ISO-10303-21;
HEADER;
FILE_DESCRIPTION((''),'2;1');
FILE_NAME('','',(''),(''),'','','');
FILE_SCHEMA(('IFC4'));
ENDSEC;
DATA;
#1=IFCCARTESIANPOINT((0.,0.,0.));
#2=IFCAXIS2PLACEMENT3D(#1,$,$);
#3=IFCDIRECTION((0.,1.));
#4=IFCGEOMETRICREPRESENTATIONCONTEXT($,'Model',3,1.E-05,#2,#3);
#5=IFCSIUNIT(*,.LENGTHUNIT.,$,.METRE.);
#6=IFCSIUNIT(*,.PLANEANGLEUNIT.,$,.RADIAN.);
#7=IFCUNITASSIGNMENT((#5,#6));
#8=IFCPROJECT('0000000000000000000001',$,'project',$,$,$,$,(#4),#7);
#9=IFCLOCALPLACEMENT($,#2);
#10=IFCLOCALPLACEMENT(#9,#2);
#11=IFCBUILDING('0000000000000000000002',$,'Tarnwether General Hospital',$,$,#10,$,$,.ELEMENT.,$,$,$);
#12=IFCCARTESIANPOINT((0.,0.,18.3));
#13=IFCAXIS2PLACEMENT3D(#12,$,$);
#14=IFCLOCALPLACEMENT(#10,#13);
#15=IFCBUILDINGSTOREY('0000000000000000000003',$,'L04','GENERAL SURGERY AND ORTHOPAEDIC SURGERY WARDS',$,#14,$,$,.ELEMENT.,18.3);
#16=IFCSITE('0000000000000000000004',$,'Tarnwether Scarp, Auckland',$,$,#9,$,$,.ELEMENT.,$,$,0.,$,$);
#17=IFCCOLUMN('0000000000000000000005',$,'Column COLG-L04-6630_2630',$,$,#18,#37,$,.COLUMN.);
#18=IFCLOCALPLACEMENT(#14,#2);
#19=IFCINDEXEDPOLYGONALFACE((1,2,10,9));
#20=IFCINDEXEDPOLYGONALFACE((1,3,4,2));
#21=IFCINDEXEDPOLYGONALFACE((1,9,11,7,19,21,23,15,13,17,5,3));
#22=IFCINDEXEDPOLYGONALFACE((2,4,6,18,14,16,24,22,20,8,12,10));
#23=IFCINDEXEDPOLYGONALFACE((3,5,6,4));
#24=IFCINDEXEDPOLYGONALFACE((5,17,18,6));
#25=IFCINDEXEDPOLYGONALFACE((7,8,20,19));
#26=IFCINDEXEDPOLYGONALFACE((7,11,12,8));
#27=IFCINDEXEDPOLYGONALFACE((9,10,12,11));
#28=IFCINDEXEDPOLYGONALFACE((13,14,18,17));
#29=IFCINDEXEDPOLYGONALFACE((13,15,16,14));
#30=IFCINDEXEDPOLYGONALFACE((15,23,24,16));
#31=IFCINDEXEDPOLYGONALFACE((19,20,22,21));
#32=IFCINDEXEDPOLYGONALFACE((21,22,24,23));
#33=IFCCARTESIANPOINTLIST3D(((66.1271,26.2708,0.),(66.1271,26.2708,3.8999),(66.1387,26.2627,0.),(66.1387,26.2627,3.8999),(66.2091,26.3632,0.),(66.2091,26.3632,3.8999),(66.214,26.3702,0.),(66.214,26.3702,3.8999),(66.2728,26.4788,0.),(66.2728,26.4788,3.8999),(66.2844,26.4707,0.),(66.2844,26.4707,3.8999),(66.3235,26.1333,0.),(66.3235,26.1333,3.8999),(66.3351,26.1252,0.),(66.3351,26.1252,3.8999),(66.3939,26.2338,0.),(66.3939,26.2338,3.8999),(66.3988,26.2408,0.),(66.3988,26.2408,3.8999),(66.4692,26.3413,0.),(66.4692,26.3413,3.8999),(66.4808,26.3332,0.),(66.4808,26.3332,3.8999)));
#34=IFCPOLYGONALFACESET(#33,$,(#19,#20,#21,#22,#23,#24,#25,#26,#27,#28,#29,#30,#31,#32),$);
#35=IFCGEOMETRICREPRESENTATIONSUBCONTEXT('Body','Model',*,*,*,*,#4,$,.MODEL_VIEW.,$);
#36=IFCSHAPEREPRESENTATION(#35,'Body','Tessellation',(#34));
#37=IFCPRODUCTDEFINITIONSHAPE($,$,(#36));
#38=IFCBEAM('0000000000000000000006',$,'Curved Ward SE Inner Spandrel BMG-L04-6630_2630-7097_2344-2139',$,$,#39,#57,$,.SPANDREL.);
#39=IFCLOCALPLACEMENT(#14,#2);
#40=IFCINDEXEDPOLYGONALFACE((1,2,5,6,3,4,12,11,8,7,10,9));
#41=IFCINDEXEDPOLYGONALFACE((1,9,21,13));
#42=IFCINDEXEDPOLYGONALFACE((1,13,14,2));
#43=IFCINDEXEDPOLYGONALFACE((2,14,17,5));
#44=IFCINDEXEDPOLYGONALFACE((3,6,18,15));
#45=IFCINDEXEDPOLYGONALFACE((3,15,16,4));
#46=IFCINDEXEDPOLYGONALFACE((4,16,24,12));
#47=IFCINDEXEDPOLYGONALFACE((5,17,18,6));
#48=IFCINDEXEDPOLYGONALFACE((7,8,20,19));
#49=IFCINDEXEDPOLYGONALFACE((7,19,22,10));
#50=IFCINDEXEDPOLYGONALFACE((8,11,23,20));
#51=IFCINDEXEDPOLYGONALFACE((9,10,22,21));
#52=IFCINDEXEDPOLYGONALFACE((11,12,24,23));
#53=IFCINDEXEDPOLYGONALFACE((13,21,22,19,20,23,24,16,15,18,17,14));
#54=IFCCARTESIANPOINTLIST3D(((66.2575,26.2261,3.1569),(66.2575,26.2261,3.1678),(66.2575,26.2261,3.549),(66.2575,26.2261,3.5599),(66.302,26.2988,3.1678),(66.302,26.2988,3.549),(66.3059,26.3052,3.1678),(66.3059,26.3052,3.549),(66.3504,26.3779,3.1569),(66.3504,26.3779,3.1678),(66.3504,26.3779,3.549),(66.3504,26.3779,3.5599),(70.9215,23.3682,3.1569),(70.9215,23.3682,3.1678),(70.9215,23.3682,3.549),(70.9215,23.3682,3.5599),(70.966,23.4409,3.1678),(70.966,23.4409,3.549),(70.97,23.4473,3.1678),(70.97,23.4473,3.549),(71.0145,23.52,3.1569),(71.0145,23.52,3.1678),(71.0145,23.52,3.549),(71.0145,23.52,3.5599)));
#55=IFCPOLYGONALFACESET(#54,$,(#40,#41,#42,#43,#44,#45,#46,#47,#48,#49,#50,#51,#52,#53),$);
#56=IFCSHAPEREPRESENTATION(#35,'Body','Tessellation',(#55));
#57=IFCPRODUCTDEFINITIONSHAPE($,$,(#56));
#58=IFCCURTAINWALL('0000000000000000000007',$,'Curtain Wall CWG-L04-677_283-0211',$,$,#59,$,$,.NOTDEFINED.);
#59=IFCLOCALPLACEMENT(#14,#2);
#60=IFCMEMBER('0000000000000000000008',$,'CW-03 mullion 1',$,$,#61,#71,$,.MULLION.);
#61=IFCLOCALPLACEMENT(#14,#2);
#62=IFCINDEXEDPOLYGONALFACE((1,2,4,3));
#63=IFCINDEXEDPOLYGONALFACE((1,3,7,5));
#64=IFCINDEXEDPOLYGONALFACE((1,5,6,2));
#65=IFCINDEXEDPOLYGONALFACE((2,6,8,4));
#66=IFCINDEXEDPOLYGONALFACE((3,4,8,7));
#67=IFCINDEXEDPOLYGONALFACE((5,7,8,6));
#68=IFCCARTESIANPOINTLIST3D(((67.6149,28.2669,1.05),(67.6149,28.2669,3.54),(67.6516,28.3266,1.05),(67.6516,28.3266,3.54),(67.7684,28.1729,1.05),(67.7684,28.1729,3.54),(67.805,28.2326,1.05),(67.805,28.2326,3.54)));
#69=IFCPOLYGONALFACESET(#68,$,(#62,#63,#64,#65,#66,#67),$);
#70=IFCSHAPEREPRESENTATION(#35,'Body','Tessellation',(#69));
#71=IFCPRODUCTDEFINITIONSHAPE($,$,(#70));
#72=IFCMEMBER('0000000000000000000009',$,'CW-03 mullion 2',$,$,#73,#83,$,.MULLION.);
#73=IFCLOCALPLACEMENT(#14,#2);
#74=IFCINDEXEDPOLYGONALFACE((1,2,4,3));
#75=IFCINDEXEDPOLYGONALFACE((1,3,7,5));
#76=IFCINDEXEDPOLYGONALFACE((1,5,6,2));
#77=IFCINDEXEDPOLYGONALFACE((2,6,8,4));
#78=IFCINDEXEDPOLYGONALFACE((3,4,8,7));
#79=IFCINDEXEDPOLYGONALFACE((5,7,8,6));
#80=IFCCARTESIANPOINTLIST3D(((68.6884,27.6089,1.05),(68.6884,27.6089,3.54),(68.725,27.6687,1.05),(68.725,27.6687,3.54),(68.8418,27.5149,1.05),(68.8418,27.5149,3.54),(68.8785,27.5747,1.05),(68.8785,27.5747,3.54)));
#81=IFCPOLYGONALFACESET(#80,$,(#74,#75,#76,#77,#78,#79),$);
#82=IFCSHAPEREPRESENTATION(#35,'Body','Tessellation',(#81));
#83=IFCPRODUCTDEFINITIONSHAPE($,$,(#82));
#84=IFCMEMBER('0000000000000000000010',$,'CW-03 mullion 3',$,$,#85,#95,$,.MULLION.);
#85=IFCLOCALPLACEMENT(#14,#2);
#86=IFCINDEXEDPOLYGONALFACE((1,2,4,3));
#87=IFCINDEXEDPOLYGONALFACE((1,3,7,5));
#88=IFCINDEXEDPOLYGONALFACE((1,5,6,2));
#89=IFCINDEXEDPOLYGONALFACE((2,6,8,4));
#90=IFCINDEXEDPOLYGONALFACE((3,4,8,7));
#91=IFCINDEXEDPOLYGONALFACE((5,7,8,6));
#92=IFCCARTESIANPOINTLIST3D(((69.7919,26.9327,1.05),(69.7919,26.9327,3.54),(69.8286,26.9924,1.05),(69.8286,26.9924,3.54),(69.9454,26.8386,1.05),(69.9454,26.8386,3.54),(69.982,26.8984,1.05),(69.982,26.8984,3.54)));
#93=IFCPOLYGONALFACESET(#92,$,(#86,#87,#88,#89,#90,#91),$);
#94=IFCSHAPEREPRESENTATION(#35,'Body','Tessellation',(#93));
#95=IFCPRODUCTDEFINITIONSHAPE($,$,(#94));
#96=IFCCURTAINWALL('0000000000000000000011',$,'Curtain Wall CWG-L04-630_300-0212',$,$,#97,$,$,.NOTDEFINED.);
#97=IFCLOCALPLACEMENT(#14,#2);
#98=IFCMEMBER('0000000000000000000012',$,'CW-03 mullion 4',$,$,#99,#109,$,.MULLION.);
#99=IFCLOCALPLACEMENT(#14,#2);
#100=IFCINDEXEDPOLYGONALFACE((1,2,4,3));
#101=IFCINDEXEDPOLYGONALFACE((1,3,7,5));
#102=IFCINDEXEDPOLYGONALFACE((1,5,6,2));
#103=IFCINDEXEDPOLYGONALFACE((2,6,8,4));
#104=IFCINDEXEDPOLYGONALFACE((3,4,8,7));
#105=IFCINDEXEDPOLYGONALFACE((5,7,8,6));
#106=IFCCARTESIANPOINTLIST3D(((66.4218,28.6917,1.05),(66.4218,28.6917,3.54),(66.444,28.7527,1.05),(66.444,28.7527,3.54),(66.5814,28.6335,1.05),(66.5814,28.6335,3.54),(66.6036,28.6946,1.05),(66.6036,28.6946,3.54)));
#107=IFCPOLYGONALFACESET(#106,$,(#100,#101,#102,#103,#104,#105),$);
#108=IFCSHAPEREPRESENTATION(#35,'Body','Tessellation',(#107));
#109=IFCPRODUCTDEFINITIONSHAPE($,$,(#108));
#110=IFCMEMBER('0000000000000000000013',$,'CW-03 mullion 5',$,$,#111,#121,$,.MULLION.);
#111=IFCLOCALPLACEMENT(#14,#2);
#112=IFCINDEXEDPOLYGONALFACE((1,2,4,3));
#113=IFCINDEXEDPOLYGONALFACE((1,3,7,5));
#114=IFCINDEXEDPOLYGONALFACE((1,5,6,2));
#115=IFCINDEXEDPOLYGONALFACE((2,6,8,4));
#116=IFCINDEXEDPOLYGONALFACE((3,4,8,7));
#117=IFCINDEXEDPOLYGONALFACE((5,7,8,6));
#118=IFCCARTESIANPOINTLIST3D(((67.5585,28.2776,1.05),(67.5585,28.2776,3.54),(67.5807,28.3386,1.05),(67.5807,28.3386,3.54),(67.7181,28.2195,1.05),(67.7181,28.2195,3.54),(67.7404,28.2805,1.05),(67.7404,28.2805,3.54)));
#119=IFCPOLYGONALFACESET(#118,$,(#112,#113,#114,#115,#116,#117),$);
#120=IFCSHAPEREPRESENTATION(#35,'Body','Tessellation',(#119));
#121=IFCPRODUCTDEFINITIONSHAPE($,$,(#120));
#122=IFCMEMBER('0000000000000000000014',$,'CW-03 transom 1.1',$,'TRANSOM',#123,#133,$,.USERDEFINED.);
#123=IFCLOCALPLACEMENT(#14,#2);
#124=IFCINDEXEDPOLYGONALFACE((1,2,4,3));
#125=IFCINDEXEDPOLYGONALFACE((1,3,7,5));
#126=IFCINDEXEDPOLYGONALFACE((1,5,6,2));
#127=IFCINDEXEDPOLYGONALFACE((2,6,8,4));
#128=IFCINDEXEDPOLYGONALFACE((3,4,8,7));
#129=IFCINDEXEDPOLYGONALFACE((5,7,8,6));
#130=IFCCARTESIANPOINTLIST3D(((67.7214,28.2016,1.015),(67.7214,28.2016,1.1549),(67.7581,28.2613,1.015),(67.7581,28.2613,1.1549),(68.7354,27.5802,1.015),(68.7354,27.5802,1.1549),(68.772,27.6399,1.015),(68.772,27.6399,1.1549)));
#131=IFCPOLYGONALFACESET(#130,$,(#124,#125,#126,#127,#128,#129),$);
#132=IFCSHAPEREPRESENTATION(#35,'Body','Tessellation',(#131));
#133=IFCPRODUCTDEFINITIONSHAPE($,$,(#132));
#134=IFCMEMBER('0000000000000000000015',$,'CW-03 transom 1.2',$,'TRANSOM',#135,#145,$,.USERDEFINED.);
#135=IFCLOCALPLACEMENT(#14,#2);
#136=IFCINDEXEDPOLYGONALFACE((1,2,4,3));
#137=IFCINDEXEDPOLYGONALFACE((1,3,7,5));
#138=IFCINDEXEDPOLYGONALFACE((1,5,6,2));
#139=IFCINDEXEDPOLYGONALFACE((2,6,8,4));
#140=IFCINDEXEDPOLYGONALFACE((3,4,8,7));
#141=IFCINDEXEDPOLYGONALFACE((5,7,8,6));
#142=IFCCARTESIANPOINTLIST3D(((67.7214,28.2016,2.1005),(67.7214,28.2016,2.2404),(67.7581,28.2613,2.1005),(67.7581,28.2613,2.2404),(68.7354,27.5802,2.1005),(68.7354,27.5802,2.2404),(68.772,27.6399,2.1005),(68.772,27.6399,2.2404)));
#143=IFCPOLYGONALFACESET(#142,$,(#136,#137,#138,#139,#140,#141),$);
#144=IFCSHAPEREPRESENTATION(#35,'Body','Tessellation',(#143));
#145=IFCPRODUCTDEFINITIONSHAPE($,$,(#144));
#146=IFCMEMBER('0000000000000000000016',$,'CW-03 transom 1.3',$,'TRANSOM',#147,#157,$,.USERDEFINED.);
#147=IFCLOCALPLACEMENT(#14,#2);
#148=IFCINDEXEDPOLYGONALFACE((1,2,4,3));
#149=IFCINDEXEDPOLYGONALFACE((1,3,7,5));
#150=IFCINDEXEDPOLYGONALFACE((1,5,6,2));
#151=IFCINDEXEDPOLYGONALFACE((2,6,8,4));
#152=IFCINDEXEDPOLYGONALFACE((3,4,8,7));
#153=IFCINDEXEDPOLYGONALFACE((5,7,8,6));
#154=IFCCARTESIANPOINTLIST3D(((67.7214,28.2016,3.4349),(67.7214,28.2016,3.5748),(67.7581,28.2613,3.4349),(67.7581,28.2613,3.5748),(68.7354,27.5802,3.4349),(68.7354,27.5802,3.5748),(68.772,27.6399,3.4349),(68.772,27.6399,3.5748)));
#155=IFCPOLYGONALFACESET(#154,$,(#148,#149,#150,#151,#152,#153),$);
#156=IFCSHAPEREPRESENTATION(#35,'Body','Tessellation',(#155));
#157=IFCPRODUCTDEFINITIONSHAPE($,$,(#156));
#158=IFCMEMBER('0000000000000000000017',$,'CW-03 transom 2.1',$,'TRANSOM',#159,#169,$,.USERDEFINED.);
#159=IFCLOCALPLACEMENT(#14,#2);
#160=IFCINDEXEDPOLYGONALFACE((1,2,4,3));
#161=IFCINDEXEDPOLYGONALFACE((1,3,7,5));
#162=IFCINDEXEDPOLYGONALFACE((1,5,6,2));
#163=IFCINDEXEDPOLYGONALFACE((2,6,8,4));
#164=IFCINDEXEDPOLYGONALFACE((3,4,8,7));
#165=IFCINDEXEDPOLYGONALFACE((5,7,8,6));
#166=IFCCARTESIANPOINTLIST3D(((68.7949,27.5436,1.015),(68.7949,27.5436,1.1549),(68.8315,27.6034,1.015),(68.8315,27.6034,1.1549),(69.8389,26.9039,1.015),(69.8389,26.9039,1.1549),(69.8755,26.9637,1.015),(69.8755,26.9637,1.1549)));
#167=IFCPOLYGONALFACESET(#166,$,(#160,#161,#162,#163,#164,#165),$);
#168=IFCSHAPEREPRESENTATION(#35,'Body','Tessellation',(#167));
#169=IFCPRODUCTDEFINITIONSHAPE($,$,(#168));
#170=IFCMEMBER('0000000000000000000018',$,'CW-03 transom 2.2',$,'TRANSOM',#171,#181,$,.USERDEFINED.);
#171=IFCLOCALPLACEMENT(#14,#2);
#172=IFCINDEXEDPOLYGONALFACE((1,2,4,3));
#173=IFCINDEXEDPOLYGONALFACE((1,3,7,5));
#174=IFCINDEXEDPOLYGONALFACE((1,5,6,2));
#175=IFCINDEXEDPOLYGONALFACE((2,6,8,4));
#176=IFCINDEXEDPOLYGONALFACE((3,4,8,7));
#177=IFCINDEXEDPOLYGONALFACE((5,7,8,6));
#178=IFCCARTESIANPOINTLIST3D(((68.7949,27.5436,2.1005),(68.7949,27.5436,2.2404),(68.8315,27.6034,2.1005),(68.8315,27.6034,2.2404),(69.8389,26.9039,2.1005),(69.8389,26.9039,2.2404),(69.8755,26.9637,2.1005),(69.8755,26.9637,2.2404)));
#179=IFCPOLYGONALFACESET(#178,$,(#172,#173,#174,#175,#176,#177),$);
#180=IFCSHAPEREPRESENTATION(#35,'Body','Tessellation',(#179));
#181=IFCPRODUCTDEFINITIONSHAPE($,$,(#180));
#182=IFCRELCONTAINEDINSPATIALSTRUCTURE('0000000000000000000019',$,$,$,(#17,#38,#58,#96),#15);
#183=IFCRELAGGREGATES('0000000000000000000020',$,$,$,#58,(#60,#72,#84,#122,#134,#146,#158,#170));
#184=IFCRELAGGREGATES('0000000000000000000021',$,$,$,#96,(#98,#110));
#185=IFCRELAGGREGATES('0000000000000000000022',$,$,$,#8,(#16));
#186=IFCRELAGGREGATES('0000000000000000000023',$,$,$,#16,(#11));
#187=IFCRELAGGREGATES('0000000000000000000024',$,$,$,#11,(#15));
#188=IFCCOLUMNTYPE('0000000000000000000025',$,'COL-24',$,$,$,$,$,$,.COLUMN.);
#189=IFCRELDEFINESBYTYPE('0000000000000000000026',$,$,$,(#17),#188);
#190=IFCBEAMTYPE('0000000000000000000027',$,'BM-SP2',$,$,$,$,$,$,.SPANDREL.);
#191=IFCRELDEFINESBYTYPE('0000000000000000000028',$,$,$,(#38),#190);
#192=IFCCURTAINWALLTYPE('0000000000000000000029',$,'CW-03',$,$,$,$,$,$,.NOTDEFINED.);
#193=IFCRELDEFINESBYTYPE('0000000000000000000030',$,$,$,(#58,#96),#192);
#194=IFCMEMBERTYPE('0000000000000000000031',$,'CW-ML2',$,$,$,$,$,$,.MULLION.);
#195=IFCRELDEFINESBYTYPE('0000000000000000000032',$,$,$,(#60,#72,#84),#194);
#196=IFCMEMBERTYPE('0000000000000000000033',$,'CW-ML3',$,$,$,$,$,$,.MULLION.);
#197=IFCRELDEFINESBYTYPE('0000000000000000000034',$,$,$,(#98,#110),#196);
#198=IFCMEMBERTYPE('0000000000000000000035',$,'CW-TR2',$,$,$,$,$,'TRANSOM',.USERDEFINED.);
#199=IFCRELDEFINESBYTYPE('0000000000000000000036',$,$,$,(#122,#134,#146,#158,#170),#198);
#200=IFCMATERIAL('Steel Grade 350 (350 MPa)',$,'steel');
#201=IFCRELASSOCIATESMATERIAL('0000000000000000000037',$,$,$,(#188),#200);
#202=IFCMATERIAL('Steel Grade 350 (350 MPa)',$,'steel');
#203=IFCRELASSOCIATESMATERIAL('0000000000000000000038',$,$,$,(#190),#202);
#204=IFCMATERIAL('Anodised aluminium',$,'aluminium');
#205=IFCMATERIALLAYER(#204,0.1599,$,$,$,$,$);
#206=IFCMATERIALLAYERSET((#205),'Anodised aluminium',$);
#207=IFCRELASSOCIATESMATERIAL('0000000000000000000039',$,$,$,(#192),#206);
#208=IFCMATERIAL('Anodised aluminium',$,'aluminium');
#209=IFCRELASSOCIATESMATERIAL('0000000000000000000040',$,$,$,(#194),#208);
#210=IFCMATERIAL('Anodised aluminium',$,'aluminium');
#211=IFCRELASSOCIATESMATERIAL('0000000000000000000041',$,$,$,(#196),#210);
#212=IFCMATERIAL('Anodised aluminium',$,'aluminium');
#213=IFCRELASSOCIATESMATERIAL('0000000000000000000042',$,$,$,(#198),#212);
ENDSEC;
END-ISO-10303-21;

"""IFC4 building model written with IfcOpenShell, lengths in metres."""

from ifc_helpers import new_model, si_unit, direction, frame, origin, origin_2d, place, context, subcontext, project, spatial, rectangle, i_section, extrude, material, layer, layer_set, material_profile, profile_set, type_object, element, aggregate, save


model = new_model("IFC4")

# Units and contexts
model_context = context("Model", 3, precision=1e-05, world=origin(), true_north=direction((0.0, 1.0)))
body_context = subcontext(model_context, "Body", "Model", "MODEL_VIEW")
ifc_project = project(units=[si_unit("LENGTHUNIT", "METRE"), si_unit("PLANEANGLEUNIT", "RADIAN")], contexts=[model_context])

# Site, building, storey
site_placement = place(None, origin())
site = spatial("IfcSite", under=ifc_project, at=site_placement, Name="Tarnwether Scarp, Auckland", CompositionType="ELEMENT", RefElevation=0.0)
building_placement = place(site_placement, origin())
building = spatial("IfcBuilding", under=site, at=building_placement, Name="Tarnwether General Hospital", CompositionType="ELEMENT")
storey_placement = place(building_placement, frame((0.0, 0.0, 18.3)))
storey = spatial("IfcBuildingStorey", under=building, at=storey_placement, Name="L04", Description="GENERAL SURGERY AND ORTHOPAEDIC SURGERY WARDS", CompositionType="ELEMENT", Elevation=18.3)

# Column
ifc_material_1 = material(Name="Steel Grade 350 (350 MPa)", Category="steel")
ifc_material_profile_1 = material_profile(ifc_material_1, i_section(OverallWidth=0.2539, OverallDepth=0.2539, WebThickness=0.0085, FlangeThickness=0.0142, at=origin_2d()), Name="250UC72.9")
ifc_profile_set_1 = profile_set([ifc_material_profile_1], Name="Steel Grade 350 (350 MPa)")
column_type = type_object("IfcColumnType", Name="COL-24", PredefinedType="COLUMN", material=ifc_profile_set_1)
column_placement = place(storey_placement, frame((66.304, 26.302, 0.0), z_axis=(0.0, 0.0, 1.0), x_axis=(0.573576, 0.819152, 0.0)))
element("IfcColumn", 1, at=column_placement, inside=storey, type_object=column_type, Name="Column COLG-L04-6630_2630", PredefinedType="COLUMN", context=body_context, shape_type="SweptSolid", body=[
    extrude(i_section(OverallWidth=0.2539, OverallDepth=0.2539, WebThickness=0.0085, FlangeThickness=0.0142, at=origin_2d()), origin(), (0.0, 0.0, 1.0), 3.8999),
])

# Beam
ifc_material_2 = material(Name="Steel Grade 350 (350 MPa)", Category="steel")
ifc_material_profile_2 = material_profile(ifc_material_2, i_section(OverallWidth=0.178, OverallDepth=0.4031, WebThickness=0.0076, FlangeThickness=0.011, at=origin_2d()), Name="410UB53.7")
ifc_profile_set_2 = profile_set([ifc_material_profile_2], Name="Steel Grade 350 (350 MPa)")
beam_type = type_object("IfcBeamType", Name="BM-SP2", PredefinedType="SPANDREL", material=ifc_profile_set_2)
beam_placement = place(storey_placement, frame((66.304, 26.302, 3.3584), z_axis=(0.852659, -0.522468, 0.0), x_axis=(0.522468, 0.852659, 0.0)))
element("IfcBeam", 2, at=beam_placement, inside=storey, type_object=beam_type, Name="Curved Ward SE Inner Spandrel BMG-L04-6630_2630-7097_2344-2139", PredefinedType="SPANDREL", context=body_context, shape_type="SweptSolid", body=[
    extrude(i_section(OverallWidth=0.178, OverallDepth=0.4031, WebThickness=0.0076, FlangeThickness=0.011, at=origin_2d()), origin(), (0.0, 0.0, 1.0), 5.47),
])

# Curtain walls, members
ifc_material_3 = material(Name="Anodised aluminium", Category="aluminium")
ifc_layer_1 = layer(ifc_material_3, 0.1599)
ifc_layer_set_1 = layer_set([ifc_layer_1], Name="Anodised aluminium")
curtain_wall_type = type_object("IfcCurtainWallType", Name="CW-03", PredefinedType="NOTDEFINED", material=ifc_layer_set_1)
curtain_wall_1_placement = place(storey_placement, origin())
curtain_wall_1 = element("IfcCurtainWall", 3, at=curtain_wall_1_placement, inside=storey, type_object=curtain_wall_type, Name="Curtain Wall CWG-L04-677_283-0211", PredefinedType="NOTDEFINED")
ifc_material_4 = material(Name="Anodised aluminium", Category="aluminium")
ifc_material_profile_3 = material_profile(ifc_material_4, rectangle(XDim=0.0701, YDim=0.1799, at=origin_2d()), Name="ALU-MUL-70x180")
ifc_profile_set_3 = profile_set([ifc_material_profile_3], Name="Anodised aluminium")
member_type_1 = type_object("IfcMemberType", Name="CW-ML2", PredefinedType="MULLION", material=ifc_profile_set_3)
member_1_placement = place(storey_placement, frame((67.71, 28.2498, 1.05), z_axis=(0.0, 0.0, 1.0), x_axis=(0.522512, 0.852632, 0.0)))
member_1 = element("IfcMember", 4, at=member_1_placement, type_object=member_type_1, Name="CW-03 mullion 1", PredefinedType="MULLION", context=body_context, shape_type="SweptSolid", body=[
    extrude(rectangle(XDim=0.0701, YDim=0.1799, at=origin_2d()), origin(), (0.0, 0.0, 1.0), 2.49),
])
member_2_placement = place(storey_placement, frame((68.7834, 27.5918, 1.05), z_axis=(0.0, 0.0, 1.0), x_axis=(0.522512, 0.852632, 0.0)))
member_2 = element("IfcMember", 5, at=member_2_placement, type_object=member_type_1, Name="CW-03 mullion 2", PredefinedType="MULLION", context=body_context, shape_type="SweptSolid", body=[
    extrude(rectangle(XDim=0.0701, YDim=0.1799, at=origin_2d()), origin(), (0.0, 0.0, 1.0), 2.49),
])
member_3_placement = place(storey_placement, frame((69.887, 26.9155, 1.05), z_axis=(0.0, 0.0, 1.0), x_axis=(0.522512, 0.852632, 0.0)))
member_3 = element("IfcMember", 6, at=member_3_placement, type_object=member_type_1, Name="CW-03 mullion 3", PredefinedType="MULLION", context=body_context, shape_type="SweptSolid", body=[
    extrude(rectangle(XDim=0.0701, YDim=0.1799, at=origin_2d()), origin(), (0.0, 0.0, 1.0), 2.49),
])
curtain_wall_2_placement = place(storey_placement, origin())
curtain_wall_2 = element("IfcCurtainWall", 7, at=curtain_wall_2_placement, inside=storey, type_object=curtain_wall_type, Name="Curtain Wall CWG-L04-630_300-0212", PredefinedType="NOTDEFINED")
ifc_material_5 = material(Name="Anodised aluminium", Category="aluminium")
ifc_material_profile_4 = material_profile(ifc_material_5, rectangle(XDim=0.0649, YDim=0.1699, at=origin_2d()), Name="ALU-MUL-65x170")
ifc_profile_set_4 = profile_set([ifc_material_profile_4], Name="Anodised aluminium")
member_type_2 = type_object("IfcMemberType", Name="CW-ML3", PredefinedType="MULLION", material=ifc_profile_set_4)
member_4_placement = place(storey_placement, frame((66.5127, 28.6931, 1.05), z_axis=(0.0, 0.0, 1.0), x_axis=(0.342131, 0.939652, 0.0)))
member_4 = element("IfcMember", 8, at=member_4_placement, type_object=member_type_2, Name="CW-03 mullion 4", PredefinedType="MULLION", context=body_context, shape_type="SweptSolid", body=[
    extrude(rectangle(XDim=0.0649, YDim=0.1699, at=origin_2d()), origin(), (0.0, 0.0, 1.0), 2.49),
])
member_5_placement = place(storey_placement, frame((67.6494, 28.2791, 1.05), z_axis=(0.0, 0.0, 1.0), x_axis=(0.342131, 0.939652, 0.0)))
member_5 = element("IfcMember", 9, at=member_5_placement, type_object=member_type_2, Name="CW-03 mullion 5", PredefinedType="MULLION", context=body_context, shape_type="SweptSolid", body=[
    extrude(rectangle(XDim=0.0649, YDim=0.1699, at=origin_2d()), origin(), (0.0, 0.0, 1.0), 2.49),
])

# Members
ifc_material_6 = material(Name="Anodised aluminium", Category="aluminium")
ifc_material_profile_5 = material_profile(ifc_material_6, rectangle(XDim=0.0701, YDim=0.1399, at=origin_2d()), Name="ALU-TRN-70x140")
ifc_profile_set_5 = profile_set([ifc_material_profile_5], Name="Anodised aluminium")
member_type_3 = type_object("IfcMemberType", Name="CW-TR2", ElementType="TRANSOM", PredefinedType="USERDEFINED", material=ifc_profile_set_5)
member_6_placement = place(storey_placement, frame((67.7397, 28.2314, 1.085), z_axis=(0.852637, -0.522504, 0.0), x_axis=(0.522504, 0.852637, 0.0)))
member_6 = element("IfcMember", 10, at=member_6_placement, type_object=member_type_3, Name="CW-03 transom 1.1", ObjectType="TRANSOM", PredefinedType="USERDEFINED", context=body_context, shape_type="SweptSolid", body=[
    extrude(rectangle(XDim=0.0701, YDim=0.1399, at=origin_2d()), origin(), (0.0, 0.0, 1.0), 1.1892),
])
member_7_placement = place(storey_placement, frame((67.7397, 28.2314, 2.1704), z_axis=(0.852637, -0.522504, 0.0), x_axis=(0.522504, 0.852637, 0.0)))
member_7 = element("IfcMember", 11, at=member_7_placement, type_object=member_type_3, Name="CW-03 transom 1.2", ObjectType="TRANSOM", PredefinedType="USERDEFINED", context=body_context, shape_type="SweptSolid", body=[
    extrude(rectangle(XDim=0.0701, YDim=0.1399, at=origin_2d()), origin(), (0.0, 0.0, 1.0), 1.1892),
])
member_8_placement = place(storey_placement, frame((67.7397, 28.2314, 3.5049), z_axis=(0.852637, -0.522504, 0.0), x_axis=(0.522504, 0.852637, 0.0)))
member_8 = element("IfcMember", 12, at=member_8_placement, type_object=member_type_3, Name="CW-03 transom 1.3", ObjectType="TRANSOM", PredefinedType="USERDEFINED", context=body_context, shape_type="SweptSolid", body=[
    extrude(rectangle(XDim=0.0701, YDim=0.1399, at=origin_2d()), origin(), (0.0, 0.0, 1.0), 1.1892),
])
member_9_placement = place(storey_placement, frame((68.8132, 27.5735, 1.085), z_axis=(0.85267, -0.52245, 0.0), x_axis=(0.52245, 0.85267, 0.0)))
member_9 = element("IfcMember", 13, at=member_9_placement, type_object=member_type_3, Name="CW-03 transom 2.1", ObjectType="TRANSOM", PredefinedType="USERDEFINED", context=body_context, shape_type="SweptSolid", body=[
    extrude(rectangle(XDim=0.0701, YDim=0.1399, at=origin_2d()), origin(), (0.0, 0.0, 1.0), 1.2244),
])
member_10_placement = place(storey_placement, frame((68.8132, 27.5735, 2.1704), z_axis=(0.85267, -0.52245, 0.0), x_axis=(0.52245, 0.85267, 0.0)))
member_10 = element("IfcMember", 14, at=member_10_placement, type_object=member_type_3, Name="CW-03 transom 2.2", ObjectType="TRANSOM", PredefinedType="USERDEFINED", context=body_context, shape_type="SweptSolid", body=[
    extrude(rectangle(XDim=0.0701, YDim=0.1399, at=origin_2d()), origin(), (0.0, 0.0, 1.0), 1.2244),
])

aggregate(curtain_wall_1, [member_1, member_2, member_3, member_6, member_7, member_8, member_9, member_10])
aggregate(curtain_wall_2, [member_4, member_5])

save(model, "model.ifc")
